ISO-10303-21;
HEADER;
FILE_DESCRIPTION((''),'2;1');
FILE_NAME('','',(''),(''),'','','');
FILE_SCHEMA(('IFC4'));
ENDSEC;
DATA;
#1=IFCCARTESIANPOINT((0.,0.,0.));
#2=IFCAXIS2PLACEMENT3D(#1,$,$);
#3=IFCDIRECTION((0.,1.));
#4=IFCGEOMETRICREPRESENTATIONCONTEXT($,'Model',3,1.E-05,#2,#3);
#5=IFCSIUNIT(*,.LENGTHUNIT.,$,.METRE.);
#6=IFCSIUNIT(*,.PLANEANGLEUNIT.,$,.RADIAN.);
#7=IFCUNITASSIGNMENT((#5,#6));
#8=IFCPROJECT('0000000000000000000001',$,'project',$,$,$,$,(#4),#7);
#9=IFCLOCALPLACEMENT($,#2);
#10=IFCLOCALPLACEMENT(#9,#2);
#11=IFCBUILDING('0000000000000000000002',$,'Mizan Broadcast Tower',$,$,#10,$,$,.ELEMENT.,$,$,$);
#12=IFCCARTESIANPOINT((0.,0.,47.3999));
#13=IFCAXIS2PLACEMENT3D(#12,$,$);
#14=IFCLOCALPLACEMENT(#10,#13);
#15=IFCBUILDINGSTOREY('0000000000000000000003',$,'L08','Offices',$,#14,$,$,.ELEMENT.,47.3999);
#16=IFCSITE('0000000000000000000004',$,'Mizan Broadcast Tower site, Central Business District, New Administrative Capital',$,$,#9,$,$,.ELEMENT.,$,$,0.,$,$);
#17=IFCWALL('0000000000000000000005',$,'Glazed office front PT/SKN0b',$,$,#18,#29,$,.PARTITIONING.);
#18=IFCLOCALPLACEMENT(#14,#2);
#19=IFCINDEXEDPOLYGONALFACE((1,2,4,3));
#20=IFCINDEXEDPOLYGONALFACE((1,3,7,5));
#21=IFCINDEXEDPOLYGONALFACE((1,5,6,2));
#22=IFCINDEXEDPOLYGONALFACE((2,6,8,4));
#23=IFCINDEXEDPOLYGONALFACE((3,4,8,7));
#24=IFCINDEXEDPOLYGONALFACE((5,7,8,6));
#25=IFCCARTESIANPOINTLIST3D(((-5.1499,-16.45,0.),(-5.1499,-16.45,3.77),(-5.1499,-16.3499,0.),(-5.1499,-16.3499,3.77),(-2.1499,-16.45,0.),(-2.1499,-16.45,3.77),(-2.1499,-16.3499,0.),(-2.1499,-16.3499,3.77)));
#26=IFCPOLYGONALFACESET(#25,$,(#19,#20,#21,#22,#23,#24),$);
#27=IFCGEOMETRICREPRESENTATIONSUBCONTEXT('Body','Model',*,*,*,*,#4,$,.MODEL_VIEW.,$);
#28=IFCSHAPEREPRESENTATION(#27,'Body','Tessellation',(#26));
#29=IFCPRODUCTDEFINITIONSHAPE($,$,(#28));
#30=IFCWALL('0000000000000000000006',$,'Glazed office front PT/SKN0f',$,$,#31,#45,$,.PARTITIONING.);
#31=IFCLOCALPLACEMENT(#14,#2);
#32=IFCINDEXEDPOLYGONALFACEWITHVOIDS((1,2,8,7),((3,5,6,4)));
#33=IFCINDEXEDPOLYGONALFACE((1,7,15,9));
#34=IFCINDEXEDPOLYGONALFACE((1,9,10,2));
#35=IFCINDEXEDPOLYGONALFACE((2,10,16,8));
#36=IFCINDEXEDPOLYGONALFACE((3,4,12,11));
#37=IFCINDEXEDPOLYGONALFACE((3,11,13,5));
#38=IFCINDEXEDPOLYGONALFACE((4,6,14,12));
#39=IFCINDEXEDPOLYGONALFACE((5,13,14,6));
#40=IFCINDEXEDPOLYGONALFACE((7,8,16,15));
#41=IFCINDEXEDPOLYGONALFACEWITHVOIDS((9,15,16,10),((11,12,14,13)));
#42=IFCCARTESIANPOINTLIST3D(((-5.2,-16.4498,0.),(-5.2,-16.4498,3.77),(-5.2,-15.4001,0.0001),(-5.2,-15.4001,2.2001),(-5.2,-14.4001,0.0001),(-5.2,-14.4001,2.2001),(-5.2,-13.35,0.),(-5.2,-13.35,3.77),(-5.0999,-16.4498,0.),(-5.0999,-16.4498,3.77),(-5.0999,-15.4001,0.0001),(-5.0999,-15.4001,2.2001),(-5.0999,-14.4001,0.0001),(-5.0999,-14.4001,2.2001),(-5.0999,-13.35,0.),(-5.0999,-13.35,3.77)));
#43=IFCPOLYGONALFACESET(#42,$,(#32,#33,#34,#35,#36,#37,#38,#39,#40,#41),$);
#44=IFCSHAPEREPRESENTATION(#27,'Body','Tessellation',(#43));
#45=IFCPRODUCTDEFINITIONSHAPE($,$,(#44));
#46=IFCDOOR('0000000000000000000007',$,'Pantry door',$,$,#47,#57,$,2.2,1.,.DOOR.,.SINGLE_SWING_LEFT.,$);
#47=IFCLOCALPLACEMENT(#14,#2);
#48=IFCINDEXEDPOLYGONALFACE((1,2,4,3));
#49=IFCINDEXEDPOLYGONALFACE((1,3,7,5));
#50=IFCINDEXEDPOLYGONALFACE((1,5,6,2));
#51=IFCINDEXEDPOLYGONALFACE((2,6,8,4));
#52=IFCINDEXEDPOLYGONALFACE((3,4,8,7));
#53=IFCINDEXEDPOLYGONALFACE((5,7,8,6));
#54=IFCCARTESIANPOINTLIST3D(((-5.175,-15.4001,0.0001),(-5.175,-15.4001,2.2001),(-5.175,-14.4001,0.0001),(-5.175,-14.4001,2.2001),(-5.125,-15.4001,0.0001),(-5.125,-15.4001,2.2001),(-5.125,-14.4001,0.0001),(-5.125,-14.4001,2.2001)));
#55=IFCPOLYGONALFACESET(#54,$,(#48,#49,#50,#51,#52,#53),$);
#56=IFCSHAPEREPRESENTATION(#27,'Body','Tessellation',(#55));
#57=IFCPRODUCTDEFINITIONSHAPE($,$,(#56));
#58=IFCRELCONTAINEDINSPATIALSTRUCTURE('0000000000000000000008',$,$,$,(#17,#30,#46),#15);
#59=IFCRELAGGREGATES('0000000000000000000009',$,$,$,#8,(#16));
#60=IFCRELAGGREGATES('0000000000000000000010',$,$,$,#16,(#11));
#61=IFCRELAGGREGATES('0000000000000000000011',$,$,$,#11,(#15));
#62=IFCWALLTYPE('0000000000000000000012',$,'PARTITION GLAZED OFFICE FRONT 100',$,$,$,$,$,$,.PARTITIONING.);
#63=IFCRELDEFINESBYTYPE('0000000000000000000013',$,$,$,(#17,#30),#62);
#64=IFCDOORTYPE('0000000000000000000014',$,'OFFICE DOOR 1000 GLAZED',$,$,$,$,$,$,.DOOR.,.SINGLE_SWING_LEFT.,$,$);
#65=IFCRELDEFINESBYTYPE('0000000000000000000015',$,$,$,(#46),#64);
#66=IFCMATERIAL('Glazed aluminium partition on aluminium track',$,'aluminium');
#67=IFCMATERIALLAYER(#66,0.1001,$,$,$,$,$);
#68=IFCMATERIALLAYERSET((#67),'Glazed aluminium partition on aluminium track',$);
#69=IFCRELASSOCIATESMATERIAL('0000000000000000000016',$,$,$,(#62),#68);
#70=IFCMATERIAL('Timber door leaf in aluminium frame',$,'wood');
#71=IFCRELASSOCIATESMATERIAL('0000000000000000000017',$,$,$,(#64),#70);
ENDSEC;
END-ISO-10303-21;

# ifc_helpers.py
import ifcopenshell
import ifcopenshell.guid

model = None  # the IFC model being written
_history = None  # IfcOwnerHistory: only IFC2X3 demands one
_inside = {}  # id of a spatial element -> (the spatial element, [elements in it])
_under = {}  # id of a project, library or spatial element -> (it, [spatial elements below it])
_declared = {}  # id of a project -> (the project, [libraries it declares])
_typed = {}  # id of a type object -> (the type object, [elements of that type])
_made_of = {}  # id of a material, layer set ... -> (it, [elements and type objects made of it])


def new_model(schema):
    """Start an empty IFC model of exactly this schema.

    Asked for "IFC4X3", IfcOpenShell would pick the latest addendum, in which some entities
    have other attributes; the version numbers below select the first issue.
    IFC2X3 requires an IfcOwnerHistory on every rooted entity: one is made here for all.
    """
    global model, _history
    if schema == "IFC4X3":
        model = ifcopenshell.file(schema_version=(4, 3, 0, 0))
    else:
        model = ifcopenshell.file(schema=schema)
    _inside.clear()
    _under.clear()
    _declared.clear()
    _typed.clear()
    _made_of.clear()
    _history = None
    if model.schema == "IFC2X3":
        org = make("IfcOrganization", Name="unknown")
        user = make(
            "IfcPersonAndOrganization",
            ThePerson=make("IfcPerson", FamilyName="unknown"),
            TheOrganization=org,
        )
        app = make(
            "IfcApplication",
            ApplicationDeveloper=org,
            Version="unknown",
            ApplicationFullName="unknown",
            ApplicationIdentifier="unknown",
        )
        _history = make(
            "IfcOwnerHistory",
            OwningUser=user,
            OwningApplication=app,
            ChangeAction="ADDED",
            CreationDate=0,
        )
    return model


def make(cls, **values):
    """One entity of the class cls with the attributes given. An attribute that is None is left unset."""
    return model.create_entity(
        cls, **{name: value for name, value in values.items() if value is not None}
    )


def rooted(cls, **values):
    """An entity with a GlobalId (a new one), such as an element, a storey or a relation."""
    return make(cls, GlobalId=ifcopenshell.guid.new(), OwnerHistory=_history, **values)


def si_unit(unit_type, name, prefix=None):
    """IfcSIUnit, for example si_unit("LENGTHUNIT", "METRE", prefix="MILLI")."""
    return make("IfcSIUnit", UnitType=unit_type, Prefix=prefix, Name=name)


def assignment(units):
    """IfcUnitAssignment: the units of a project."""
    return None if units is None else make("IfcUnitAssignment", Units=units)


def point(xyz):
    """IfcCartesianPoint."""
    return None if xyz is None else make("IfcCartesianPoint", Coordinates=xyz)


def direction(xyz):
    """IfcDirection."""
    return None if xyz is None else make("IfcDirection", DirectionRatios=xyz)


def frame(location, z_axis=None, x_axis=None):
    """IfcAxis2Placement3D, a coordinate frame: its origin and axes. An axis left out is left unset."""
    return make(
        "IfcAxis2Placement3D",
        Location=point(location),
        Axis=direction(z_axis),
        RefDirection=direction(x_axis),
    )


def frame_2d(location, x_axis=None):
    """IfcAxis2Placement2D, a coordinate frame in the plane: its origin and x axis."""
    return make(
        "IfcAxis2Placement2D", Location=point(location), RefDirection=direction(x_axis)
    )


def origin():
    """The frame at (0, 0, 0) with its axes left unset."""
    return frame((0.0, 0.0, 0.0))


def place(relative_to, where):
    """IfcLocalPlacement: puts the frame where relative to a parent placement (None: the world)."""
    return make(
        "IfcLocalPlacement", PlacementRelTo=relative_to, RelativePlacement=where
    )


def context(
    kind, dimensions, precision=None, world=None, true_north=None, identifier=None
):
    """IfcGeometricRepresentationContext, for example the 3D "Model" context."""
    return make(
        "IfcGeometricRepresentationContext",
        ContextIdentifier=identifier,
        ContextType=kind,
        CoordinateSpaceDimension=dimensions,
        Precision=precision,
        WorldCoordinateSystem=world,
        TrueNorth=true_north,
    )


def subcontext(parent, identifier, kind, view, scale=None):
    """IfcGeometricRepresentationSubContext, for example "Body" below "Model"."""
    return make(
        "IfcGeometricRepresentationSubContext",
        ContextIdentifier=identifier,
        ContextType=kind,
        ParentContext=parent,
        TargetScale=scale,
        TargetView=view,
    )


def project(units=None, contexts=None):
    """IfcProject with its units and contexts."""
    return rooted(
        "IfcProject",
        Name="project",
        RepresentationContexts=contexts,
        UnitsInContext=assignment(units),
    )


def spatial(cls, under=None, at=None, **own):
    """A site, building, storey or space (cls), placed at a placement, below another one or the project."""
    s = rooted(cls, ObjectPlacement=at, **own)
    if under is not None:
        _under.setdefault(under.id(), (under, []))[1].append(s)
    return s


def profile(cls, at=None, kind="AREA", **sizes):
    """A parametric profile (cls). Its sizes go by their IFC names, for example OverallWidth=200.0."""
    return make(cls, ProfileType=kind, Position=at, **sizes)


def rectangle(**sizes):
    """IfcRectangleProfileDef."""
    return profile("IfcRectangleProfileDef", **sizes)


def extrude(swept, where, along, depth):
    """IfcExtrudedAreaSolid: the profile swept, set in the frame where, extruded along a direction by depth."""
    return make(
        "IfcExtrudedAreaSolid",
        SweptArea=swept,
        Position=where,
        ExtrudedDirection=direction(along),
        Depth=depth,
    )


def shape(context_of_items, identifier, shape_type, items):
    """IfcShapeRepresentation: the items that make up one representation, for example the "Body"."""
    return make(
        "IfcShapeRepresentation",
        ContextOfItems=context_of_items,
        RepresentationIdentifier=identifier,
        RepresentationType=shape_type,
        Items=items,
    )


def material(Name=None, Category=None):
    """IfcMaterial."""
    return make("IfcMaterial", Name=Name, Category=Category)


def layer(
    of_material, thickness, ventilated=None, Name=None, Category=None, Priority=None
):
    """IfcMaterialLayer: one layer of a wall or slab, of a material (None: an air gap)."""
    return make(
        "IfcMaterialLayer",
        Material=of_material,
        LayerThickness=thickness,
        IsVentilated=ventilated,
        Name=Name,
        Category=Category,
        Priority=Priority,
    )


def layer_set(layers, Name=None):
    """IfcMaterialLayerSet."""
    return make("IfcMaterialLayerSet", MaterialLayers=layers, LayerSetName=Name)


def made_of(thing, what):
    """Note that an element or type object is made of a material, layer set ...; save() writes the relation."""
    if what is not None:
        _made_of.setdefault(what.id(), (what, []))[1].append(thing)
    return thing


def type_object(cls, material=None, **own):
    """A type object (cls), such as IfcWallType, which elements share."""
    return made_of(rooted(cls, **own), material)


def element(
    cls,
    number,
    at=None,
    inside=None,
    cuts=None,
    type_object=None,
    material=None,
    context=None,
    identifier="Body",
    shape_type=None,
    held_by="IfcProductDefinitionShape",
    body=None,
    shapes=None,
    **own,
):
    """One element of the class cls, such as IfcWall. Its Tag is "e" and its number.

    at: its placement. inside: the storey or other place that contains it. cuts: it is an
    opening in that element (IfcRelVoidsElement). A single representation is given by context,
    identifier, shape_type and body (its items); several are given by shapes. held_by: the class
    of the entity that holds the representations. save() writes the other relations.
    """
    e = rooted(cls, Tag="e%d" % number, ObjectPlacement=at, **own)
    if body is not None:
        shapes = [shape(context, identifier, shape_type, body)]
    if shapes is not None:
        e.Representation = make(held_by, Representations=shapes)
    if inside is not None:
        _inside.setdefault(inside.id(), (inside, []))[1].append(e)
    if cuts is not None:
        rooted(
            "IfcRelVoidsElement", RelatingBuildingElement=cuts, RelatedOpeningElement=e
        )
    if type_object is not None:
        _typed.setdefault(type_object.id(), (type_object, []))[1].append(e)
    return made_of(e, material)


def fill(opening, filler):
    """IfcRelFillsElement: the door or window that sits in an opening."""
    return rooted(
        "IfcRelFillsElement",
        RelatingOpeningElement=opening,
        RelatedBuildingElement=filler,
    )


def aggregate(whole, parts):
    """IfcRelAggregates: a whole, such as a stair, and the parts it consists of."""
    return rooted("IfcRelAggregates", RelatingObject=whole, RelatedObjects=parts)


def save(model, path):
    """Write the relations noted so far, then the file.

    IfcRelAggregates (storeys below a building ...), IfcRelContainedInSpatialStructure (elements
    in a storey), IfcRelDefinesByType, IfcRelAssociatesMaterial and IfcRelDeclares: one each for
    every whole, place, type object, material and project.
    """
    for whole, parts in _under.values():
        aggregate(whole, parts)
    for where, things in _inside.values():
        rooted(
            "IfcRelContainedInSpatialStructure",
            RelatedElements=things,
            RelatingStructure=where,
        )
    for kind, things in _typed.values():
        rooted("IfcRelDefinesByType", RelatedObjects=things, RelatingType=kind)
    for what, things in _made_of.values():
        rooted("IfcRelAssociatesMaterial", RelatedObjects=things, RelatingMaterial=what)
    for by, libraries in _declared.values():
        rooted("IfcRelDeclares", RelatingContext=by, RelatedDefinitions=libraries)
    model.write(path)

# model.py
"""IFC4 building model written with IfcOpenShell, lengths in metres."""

from ifc_helpers import new_model, si_unit, direction, frame, frame_2d, origin, place, context, subcontext, project, spatial, rectangle, extrude, material, layer, layer_set, type_object, element, fill, save


model = new_model("IFC4")

# Units and contexts
model_context = context("Model", 3, precision=1e-05, world=origin(), true_north=direction((0.0, 1.0)))
body_context = subcontext(model_context, "Body", "Model", "MODEL_VIEW")
ifc_project = project(units=[si_unit("LENGTHUNIT", "METRE"), si_unit("PLANEANGLEUNIT", "RADIAN")], contexts=[model_context])

# Site, building, storey
site_placement = place(None, origin())
site = spatial("IfcSite", under=ifc_project, at=site_placement, Name="Mizan Broadcast Tower site, Central Business District, New Administrative Capital", CompositionType="ELEMENT", RefElevation=0.0)
building_placement = place(site_placement, origin())
building = spatial("IfcBuilding", under=site, at=building_placement, Name="Mizan Broadcast Tower", CompositionType="ELEMENT")
storey_placement = place(building_placement, frame((0.0, 0.0, 47.3999)))
storey = spatial("IfcBuildingStorey", under=building, at=storey_placement, Name="L08", Description="Offices", CompositionType="ELEMENT", Elevation=47.3999)

# Wall
ifc_material_1 = material(Name="Glazed aluminium partition on aluminium track", Category="aluminium")
ifc_layer_1 = layer(ifc_material_1, 0.1001)
ifc_layer_set_1 = layer_set([ifc_layer_1], Name="Glazed aluminium partition on aluminium track")
wall_type_1 = type_object("IfcWallType", Name="PARTITION GLAZED OFFICE FRONT 100", PredefinedType="PARTITIONING", material=ifc_layer_set_1)
for number, where, z_axis, x_axis, name in (
    (1, (-2.1499, -16.3999, 0.0), (0.0, 0.0, 1.0), (-1.0, 0.0, 0.0), "Glazed office front PT/SKN0b"),
):
    element("IfcWall", number, at=place(storey_placement, frame(where, z_axis=z_axis, x_axis=x_axis)), inside=storey, type_object=wall_type_1, Name=name, PredefinedType="PARTITIONING", context=body_context, shape_type="SweptSolid", body=[
        extrude(rectangle(XDim=3.0, YDim=0.1001, at=frame_2d((1.5, 0.0))), origin(), (0.0, 0.0, 1.0), 3.77),
    ])

# Wall, opening, door
wall_1_placement = place(storey_placement, frame((-5.1499, -13.3501, 0.0), z_axis=(0.0, 0.0, 1.0), x_axis=(0.0, -1.0, 0.0)))
wall_1 = element("IfcWall", 2, at=wall_1_placement, inside=storey, type_object=wall_type_1, Name="Glazed office front PT/SKN0f", PredefinedType="PARTITIONING", context=body_context, shape_type="SweptSolid", body=[
    extrude(rectangle(XDim=3.0999, YDim=0.1001, at=frame_2d((1.5498, 0.0))), origin(), (0.0, 0.0, 1.0), 3.77),
])
opening_placement = place(wall_1_placement, frame((1.05, 0.0, 0.0)))
opening = element("IfcOpeningElement", 3, at=opening_placement, cuts=wall_1, PredefinedType="OPENING", context=body_context, shape_type="SweptSolid", body=[
    extrude(rectangle(XDim=1.0, YDim=2.2, at=frame_2d((0.5, 1.1001))), frame((0.0, 0.0601, 0.0), z_axis=(0.0, -1.0, 0.0), x_axis=(1.0, 0.0, 0.0)), (0.0, 0.0, 1.0), 0.1201),
])
ifc_material_2 = material(Name="Timber door leaf in aluminium frame", Category="wood")
door_type = type_object("IfcDoorType", Name="OFFICE DOOR 1000 GLAZED", OperationType="SINGLE_SWING_LEFT", PredefinedType="DOOR", material=ifc_material_2)
door_placement = place(opening_placement, origin())
door = element("IfcDoor", 4, at=door_placement, inside=storey, type_object=door_type, Name="Pantry door", OperationType="SINGLE_SWING_LEFT", OverallHeight=2.2, OverallWidth=1.0, PredefinedType="DOOR", context=body_context, shape_type="SweptSolid", body=[
    extrude(rectangle(XDim=1.0, YDim=2.2, at=frame_2d((0.5, 1.1001))), frame((0.0, 0.0249, 0.0), z_axis=(0.0, -1.0, 0.0), x_axis=(1.0, 0.0, 0.0)), (0.0, 0.0, 1.0), 0.05),
])
fill(opening, door)

save(model, "model.ifc")
